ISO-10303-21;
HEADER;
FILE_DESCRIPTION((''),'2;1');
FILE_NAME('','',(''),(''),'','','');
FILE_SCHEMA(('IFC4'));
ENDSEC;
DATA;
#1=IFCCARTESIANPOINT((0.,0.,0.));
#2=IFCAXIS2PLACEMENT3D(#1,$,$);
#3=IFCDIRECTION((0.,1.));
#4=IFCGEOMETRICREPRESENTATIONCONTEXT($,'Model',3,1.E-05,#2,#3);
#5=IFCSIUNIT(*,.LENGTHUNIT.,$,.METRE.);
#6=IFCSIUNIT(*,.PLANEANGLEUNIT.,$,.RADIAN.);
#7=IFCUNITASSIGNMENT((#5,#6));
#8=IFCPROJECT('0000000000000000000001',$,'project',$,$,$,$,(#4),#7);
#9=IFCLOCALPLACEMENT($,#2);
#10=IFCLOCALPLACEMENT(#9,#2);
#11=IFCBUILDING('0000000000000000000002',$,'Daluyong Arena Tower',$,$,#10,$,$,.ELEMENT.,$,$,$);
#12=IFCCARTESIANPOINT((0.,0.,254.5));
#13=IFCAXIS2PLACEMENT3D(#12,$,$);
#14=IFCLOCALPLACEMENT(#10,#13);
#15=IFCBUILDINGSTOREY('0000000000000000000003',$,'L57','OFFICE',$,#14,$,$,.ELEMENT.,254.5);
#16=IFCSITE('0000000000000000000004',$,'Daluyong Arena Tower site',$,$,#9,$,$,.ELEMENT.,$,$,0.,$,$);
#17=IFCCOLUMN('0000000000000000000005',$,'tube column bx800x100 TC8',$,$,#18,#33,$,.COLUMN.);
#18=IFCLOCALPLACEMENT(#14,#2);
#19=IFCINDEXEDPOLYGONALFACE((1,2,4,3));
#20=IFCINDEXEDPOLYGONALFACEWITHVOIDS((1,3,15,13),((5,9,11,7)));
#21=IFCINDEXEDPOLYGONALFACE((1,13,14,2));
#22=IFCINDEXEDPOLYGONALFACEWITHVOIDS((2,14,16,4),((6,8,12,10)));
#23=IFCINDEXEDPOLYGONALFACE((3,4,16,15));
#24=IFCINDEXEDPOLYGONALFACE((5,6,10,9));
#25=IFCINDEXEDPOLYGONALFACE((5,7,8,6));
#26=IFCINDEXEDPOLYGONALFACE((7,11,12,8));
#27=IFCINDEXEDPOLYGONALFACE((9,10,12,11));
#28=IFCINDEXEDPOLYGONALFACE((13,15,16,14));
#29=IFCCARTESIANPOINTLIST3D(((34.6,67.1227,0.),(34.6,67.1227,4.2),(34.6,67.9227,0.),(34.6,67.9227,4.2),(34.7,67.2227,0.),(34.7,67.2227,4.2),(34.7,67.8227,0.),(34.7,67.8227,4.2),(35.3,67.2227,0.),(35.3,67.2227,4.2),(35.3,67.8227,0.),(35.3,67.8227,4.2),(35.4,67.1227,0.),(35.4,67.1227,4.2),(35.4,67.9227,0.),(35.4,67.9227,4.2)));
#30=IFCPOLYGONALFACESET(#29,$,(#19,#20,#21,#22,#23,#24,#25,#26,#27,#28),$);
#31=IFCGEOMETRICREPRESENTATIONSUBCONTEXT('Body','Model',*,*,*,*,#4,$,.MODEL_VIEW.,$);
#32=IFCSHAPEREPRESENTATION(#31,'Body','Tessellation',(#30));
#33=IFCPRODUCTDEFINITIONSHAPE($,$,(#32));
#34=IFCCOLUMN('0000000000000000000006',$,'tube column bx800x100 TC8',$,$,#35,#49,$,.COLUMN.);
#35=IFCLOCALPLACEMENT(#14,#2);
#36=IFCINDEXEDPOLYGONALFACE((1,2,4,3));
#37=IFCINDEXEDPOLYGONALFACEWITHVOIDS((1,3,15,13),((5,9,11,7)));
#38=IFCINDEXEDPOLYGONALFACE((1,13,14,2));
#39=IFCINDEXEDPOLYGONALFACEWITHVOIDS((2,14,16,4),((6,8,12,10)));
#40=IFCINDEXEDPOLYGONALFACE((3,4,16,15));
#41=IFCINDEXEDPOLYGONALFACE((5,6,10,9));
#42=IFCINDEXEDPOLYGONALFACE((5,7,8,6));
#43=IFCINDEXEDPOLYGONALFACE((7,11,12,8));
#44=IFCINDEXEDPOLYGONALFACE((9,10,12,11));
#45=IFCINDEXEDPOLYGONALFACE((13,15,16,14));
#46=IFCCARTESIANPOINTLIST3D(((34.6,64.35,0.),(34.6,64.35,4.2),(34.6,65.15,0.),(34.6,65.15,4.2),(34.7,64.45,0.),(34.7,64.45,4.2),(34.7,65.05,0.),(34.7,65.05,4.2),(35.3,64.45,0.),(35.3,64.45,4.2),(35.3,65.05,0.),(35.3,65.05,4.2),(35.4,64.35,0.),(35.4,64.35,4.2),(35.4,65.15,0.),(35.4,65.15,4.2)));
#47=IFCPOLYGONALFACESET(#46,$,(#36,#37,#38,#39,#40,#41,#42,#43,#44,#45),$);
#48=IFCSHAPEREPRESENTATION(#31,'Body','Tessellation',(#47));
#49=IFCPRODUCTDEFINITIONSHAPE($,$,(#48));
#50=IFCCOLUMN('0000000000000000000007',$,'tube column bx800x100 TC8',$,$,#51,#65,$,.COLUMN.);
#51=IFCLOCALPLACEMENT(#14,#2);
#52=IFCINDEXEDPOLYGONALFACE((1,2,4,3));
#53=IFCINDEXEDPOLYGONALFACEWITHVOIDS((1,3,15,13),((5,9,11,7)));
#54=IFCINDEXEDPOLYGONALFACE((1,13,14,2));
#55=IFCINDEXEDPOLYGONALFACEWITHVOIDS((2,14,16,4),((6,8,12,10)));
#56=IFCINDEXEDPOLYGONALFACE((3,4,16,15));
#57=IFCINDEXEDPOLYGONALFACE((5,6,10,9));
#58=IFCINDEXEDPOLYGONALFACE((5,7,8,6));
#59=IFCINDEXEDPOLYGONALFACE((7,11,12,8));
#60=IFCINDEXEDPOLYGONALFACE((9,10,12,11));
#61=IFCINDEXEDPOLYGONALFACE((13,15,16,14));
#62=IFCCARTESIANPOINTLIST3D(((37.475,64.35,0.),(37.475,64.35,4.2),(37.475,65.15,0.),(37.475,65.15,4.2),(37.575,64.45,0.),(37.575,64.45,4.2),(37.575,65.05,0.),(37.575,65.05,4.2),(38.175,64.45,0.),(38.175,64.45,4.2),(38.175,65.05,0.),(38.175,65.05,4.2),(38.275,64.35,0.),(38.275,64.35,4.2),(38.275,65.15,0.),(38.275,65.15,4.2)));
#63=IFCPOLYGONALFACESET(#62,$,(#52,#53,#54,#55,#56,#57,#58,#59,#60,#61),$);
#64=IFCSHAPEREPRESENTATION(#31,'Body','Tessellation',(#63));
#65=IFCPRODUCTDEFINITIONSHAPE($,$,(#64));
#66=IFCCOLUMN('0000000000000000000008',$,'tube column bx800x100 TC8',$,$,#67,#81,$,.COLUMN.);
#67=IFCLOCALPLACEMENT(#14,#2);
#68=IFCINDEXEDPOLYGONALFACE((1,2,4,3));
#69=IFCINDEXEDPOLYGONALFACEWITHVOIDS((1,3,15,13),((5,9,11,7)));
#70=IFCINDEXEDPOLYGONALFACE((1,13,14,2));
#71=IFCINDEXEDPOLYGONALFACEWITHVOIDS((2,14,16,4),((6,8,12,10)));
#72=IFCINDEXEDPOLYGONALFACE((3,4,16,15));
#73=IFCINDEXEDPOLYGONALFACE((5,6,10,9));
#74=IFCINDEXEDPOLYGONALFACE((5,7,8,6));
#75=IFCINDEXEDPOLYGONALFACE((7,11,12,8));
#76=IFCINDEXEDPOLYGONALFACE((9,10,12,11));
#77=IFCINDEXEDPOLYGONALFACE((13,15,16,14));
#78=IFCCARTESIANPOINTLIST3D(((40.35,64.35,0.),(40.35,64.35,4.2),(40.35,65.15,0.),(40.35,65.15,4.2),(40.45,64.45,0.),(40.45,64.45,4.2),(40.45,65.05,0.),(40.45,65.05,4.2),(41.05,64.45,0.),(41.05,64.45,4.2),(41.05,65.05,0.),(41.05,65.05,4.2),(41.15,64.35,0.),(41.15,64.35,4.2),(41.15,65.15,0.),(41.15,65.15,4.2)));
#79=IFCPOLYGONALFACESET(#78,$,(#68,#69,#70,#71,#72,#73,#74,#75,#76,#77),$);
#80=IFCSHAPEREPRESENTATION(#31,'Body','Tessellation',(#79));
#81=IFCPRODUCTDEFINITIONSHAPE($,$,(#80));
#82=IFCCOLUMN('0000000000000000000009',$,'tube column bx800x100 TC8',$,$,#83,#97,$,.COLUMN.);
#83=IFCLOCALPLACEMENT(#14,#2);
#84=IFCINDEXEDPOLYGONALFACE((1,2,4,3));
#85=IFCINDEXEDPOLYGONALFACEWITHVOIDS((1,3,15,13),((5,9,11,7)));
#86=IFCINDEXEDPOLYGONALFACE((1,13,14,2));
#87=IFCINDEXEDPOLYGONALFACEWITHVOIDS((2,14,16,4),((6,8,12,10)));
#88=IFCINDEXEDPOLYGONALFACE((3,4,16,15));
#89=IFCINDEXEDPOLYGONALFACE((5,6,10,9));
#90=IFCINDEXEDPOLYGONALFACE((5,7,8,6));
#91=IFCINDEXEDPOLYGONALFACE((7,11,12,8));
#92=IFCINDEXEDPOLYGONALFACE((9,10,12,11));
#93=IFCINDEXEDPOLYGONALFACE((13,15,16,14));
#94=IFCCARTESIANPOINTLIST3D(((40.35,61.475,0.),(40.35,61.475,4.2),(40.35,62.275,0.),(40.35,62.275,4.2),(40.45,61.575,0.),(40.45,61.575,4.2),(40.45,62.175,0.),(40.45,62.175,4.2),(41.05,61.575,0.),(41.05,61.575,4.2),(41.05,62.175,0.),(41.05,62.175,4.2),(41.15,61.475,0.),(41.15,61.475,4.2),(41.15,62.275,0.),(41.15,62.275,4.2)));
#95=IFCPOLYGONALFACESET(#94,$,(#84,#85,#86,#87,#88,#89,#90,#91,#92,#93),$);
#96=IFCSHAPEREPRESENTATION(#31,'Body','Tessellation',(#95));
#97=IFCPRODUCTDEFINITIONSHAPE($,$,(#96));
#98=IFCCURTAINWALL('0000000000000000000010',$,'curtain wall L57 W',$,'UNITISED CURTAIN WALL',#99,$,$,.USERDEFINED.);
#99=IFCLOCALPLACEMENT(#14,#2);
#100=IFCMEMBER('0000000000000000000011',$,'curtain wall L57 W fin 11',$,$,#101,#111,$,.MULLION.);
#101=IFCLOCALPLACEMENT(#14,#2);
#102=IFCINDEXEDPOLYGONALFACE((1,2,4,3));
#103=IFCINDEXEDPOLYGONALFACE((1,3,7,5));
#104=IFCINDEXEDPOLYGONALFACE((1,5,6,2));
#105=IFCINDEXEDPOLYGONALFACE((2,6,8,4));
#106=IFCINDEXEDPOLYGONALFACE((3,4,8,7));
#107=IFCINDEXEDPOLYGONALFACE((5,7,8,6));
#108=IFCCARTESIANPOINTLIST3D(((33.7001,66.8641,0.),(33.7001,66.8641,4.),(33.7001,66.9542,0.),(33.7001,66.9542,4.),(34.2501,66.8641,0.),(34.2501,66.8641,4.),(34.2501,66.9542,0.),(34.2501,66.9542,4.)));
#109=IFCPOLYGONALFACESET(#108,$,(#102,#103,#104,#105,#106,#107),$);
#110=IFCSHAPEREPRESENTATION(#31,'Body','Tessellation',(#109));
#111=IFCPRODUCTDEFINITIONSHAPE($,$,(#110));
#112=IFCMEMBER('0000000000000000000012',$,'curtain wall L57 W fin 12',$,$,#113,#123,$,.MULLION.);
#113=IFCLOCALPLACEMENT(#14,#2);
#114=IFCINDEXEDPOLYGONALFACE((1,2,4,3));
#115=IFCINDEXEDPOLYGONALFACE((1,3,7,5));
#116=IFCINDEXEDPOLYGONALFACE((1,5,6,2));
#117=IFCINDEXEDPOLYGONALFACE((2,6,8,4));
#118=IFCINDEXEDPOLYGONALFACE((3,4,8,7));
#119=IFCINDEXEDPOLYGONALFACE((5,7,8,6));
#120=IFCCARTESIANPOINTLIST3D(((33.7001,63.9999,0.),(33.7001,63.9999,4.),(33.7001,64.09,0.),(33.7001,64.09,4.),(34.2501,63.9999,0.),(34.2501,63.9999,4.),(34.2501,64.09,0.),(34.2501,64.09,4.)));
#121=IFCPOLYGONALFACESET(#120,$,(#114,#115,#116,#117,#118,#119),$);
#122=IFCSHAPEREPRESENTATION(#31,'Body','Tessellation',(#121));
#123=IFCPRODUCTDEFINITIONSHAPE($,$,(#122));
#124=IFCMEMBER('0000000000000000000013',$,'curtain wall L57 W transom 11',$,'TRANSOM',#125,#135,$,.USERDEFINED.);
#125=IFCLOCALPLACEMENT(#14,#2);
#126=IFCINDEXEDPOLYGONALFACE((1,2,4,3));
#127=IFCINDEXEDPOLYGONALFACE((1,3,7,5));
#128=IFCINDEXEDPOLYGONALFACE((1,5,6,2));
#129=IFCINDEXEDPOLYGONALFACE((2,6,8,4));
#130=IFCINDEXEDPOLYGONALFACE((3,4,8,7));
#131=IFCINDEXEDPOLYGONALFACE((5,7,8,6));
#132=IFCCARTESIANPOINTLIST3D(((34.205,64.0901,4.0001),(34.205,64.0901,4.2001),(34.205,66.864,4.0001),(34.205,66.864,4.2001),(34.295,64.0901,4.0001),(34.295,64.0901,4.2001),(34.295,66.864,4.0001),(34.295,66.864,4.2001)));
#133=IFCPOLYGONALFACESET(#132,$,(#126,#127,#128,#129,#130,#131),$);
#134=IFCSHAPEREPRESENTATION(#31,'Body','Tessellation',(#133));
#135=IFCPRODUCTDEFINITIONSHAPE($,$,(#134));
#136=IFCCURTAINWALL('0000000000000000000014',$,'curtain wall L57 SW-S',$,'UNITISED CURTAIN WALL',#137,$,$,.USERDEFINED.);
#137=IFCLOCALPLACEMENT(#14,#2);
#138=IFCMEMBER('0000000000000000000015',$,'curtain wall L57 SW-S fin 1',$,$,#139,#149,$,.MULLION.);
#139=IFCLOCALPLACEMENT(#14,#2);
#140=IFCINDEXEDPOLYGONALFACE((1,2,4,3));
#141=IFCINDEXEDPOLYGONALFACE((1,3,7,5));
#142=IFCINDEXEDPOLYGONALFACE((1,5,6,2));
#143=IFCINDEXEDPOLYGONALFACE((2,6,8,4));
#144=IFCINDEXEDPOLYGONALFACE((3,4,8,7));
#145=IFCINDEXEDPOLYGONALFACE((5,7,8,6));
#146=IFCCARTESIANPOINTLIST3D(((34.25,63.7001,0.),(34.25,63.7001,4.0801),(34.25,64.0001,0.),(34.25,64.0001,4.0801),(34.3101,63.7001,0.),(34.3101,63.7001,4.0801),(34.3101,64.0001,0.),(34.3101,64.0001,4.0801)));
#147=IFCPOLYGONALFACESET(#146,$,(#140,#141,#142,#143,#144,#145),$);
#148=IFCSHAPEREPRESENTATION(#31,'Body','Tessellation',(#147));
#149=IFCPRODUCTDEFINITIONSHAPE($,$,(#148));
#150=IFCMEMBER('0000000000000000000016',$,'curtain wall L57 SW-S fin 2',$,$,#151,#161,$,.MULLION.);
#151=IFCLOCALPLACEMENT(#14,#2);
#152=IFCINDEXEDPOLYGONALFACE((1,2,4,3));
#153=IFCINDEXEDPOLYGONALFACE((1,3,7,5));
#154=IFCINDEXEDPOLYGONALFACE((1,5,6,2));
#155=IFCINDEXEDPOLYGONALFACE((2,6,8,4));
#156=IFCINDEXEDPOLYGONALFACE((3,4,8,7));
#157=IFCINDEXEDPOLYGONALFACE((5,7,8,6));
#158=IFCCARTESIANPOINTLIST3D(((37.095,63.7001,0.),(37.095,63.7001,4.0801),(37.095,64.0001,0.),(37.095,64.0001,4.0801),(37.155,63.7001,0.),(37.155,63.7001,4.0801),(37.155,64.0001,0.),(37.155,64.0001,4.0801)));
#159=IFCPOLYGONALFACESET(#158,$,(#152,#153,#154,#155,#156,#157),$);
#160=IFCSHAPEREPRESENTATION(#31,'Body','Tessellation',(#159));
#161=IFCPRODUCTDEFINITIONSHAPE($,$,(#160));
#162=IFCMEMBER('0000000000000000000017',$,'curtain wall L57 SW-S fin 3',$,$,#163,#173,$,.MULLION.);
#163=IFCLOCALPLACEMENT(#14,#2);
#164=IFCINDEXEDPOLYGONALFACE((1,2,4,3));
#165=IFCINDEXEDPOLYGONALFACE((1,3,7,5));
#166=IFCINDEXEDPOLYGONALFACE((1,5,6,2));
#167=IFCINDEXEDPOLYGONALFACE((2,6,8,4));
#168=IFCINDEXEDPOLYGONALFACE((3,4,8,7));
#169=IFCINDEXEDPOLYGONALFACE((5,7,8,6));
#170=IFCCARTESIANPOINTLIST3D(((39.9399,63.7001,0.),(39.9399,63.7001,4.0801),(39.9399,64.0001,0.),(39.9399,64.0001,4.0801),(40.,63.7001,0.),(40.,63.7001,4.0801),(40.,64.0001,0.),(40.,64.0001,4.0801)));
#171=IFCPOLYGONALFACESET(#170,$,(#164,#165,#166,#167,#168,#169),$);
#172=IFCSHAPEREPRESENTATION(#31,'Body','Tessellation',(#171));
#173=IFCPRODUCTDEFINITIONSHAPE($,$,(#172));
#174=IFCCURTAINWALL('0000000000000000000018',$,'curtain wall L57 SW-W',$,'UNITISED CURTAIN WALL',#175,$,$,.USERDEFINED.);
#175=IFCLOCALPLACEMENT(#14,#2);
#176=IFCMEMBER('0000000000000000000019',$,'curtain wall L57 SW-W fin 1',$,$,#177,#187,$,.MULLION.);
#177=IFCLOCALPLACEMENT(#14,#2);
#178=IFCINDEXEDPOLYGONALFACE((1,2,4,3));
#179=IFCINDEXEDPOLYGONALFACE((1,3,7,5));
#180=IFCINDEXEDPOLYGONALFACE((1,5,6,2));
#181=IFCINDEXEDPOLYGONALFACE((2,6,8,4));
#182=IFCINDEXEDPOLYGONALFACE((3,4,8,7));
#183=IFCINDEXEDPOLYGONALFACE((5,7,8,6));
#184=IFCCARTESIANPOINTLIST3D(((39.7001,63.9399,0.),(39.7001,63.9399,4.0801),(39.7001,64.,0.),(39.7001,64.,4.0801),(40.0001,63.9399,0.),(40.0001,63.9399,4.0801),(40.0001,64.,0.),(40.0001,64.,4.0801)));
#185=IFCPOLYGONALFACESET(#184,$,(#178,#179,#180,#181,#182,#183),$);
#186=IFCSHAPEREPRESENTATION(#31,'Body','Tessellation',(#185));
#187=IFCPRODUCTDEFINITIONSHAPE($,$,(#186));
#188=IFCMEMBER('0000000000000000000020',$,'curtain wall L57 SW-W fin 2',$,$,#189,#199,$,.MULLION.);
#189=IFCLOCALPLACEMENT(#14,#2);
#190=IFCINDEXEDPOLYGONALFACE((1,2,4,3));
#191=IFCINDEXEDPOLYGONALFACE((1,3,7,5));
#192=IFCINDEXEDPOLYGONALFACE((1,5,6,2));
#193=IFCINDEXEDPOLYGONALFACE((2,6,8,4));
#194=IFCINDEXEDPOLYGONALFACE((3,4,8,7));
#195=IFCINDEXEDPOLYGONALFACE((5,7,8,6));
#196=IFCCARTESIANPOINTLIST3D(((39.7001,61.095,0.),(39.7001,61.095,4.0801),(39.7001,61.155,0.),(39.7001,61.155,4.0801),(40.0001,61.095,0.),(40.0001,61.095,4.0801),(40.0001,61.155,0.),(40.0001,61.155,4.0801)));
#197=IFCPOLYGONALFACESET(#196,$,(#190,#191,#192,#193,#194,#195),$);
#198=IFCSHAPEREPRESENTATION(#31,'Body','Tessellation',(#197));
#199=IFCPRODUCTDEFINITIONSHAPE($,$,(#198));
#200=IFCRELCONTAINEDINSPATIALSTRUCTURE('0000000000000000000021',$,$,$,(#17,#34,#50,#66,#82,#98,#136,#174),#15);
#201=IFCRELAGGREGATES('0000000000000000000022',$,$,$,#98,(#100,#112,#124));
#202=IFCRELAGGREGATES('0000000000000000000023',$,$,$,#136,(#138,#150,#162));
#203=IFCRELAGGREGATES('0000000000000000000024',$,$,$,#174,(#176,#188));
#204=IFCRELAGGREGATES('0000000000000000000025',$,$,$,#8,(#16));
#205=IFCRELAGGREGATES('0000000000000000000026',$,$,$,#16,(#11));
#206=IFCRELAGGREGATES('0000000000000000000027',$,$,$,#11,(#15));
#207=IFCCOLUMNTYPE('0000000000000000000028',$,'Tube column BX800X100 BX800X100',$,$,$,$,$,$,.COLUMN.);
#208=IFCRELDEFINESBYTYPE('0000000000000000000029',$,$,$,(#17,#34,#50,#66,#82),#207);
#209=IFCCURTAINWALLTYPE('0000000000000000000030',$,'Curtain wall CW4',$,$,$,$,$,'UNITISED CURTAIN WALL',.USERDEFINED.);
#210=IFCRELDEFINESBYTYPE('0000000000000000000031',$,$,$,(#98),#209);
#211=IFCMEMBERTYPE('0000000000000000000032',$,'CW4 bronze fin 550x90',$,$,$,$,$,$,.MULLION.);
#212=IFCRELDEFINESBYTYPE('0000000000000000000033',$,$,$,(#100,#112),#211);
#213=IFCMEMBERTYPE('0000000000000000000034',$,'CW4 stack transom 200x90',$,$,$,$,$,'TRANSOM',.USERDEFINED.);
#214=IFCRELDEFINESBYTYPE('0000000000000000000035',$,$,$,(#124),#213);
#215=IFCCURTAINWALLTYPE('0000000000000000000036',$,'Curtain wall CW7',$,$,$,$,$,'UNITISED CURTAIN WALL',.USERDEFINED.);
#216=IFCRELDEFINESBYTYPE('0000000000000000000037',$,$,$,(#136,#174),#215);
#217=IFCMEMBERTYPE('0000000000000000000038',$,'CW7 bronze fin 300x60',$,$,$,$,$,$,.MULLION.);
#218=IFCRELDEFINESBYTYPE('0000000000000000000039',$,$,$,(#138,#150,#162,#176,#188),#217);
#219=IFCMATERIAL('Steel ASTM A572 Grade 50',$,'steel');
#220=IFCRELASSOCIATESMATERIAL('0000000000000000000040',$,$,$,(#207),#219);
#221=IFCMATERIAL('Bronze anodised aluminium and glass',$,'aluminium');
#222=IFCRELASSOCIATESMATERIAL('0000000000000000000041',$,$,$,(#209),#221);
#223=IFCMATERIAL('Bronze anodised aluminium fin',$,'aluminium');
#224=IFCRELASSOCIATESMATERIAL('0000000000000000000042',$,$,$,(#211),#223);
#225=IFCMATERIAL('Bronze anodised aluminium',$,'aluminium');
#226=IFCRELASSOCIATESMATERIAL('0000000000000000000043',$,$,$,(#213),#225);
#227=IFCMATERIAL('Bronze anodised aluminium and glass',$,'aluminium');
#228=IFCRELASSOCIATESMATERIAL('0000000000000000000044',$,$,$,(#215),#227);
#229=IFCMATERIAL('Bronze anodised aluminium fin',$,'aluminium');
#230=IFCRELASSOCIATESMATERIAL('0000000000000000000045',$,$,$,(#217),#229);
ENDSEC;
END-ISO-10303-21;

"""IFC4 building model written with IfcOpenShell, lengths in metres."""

from ifc_helpers import new_model, si_unit, direction, frame, origin, origin_2d, place, context, subcontext, project, spatial, rectangle, hollow_rectangle, extrude, material, material_profile, profile_set, type_object, element, aggregate, save


model = new_model("IFC4")

# Units and contexts
model_context = context("Model", 3, precision=1e-05, world=origin(), true_north=direction((0.0, 1.0)))
body_context = subcontext(model_context, "Body", "Model", "MODEL_VIEW")
ifc_project = project(units=[si_unit("LENGTHUNIT", "METRE"), si_unit("PLANEANGLEUNIT", "RADIAN")], contexts=[model_context])

# Site, building, storey
site_placement = place(None, origin())
site = spatial("IfcSite", under=ifc_project, at=site_placement, Name="Daluyong Arena Tower site", CompositionType="ELEMENT", RefElevation=0.0)
building_placement = place(site_placement, origin())
building = spatial("IfcBuilding", under=site, at=building_placement, Name="Daluyong Arena Tower", CompositionType="ELEMENT")
storey_placement = place(building_placement, frame((0.0, 0.0, 254.5)))
storey = spatial("IfcBuildingStorey", under=building, at=storey_placement, Name="L57", Description="OFFICE", CompositionType="ELEMENT", Elevation=254.5)

# Columns
ifc_material_1 = material(Name="Steel ASTM A572 Grade 50", Category="steel")
ifc_material_profile_1 = material_profile(ifc_material_1, hollow_rectangle(XDim=0.8, YDim=0.8, WallThickness=0.1, at=origin_2d()))
ifc_profile_set_1 = profile_set([ifc_material_profile_1], Name="Steel ASTM A572 Grade 50")
column_type = type_object("IfcColumnType", Name="Tube column BX800X100 BX800X100", PredefinedType="COLUMN", material=ifc_profile_set_1)
for number, where, z_axis, x_axis, name in (
    (1, (35.0, 67.5227, 0.0), (0.0, 0.0, 1.0), (0.0, 1.0, 0.0), "tube column bx800x100 TC8"),
    (2, (35.0, 64.75, 0.0), (0.0, 0.0, 1.0), (1.0, 0.0, 0.0), "tube column bx800x100 TC8"),
    (3, (37.875, 64.75, 0.0), (0.0, 0.0, 1.0), (1.0, 0.0, 0.0), "tube column bx800x100 TC8"),
    (4, (40.75, 64.75, 0.0), (0.0, 0.0, 1.0), (0.0, 1.0, 0.0), "tube column bx800x100 TC8"),
    (5, (40.75, 61.875, 0.0), (0.0, 0.0, 1.0), (0.0, 1.0, 0.0), "tube column bx800x100 TC8"),
):
    element("IfcColumn", number, at=place(storey_placement, frame(where, z_axis=z_axis, x_axis=x_axis)), inside=storey, type_object=column_type, Name=name, PredefinedType="COLUMN", context=body_context, shape_type="SweptSolid", body=[
        extrude(hollow_rectangle(XDim=0.8, YDim=0.8, WallThickness=0.1, at=origin_2d()), origin(), (0.0, 0.0, 1.0), 4.2),
    ])

# Curtain walls, members
ifc_material_2 = material(Name="Bronze anodised aluminium and glass", Category="aluminium")
curtain_wall_type_1 = type_object("IfcCurtainWallType", Name="Curtain wall CW4", ElementType="UNITISED CURTAIN WALL", PredefinedType="USERDEFINED", material=ifc_material_2)
curtain_wall_1_placement = place(storey_placement, origin())
curtain_wall_1 = element("IfcCurtainWall", 6, at=curtain_wall_1_placement, inside=storey, type_object=curtain_wall_type_1, Name="curtain wall L57 W", ObjectType="UNITISED CURTAIN WALL", PredefinedType="USERDEFINED")
ifc_material_3 = material(Name="Bronze anodised aluminium fin", Category="aluminium")
ifc_material_profile_2 = material_profile(ifc_material_3, rectangle(XDim=0.55, YDim=0.0901, at=origin_2d()))
ifc_profile_set_2 = profile_set([ifc_material_profile_2], Name="Bronze anodised aluminium fin")
member_type_1 = type_object("IfcMemberType", Name="CW4 bronze fin 550x90", PredefinedType="MULLION", material=ifc_profile_set_2)
member_1_placement = place(storey_placement, frame((33.9751, 66.9092, 0.0), z_axis=(0.0, 0.0, 1.0), x_axis=(1.0, 0.0, 0.0)))
member_1 = element("IfcMember", 7, at=member_1_placement, type_object=member_type_1, Name="curtain wall L57 W fin 11", PredefinedType="MULLION", context=body_context, shape_type="SweptSolid", body=[
    extrude(rectangle(XDim=0.55, YDim=0.0901, at=origin_2d()), origin(), (0.0, 0.0, 1.0), 4.0),
])
member_2_placement = place(storey_placement, frame((33.9751, 64.0449, 0.0), z_axis=(0.0, 0.0, 1.0), x_axis=(1.0, 0.0, 0.0)))
member_2 = element("IfcMember", 8, at=member_2_placement, type_object=member_type_1, Name="curtain wall L57 W fin 12", PredefinedType="MULLION", context=body_context, shape_type="SweptSolid", body=[
    extrude(rectangle(XDim=0.55, YDim=0.0901, at=origin_2d()), origin(), (0.0, 0.0, 1.0), 4.0),
])
ifc_material_4 = material(Name="Bronze anodised aluminium", Category="aluminium")
ifc_material_profile_3 = material_profile(ifc_material_4, rectangle(XDim=0.0901, YDim=0.2, at=origin_2d()))
ifc_profile_set_3 = profile_set([ifc_material_profile_3], Name="Bronze anodised aluminium")
member_type_2 = type_object("IfcMemberType", Name="CW4 stack transom 200x90", ElementType="TRANSOM", PredefinedType="USERDEFINED", material=ifc_profile_set_3)
member_3_placement = place(storey_placement, frame((34.25, 66.864, 4.1001), z_axis=(0.0, -1.0, 0.0), x_axis=(1.0, 0.0, 0.0)))
member_3 = element("IfcMember", 9, at=member_3_placement, type_object=member_type_2, Name="curtain wall L57 W transom 11", ObjectType="TRANSOM", PredefinedType="USERDEFINED", context=body_context, shape_type="SweptSolid", body=[
    extrude(rectangle(XDim=0.0901, YDim=0.2, at=origin_2d()), origin(), (0.0, 0.0, 1.0), 2.7739),
])
ifc_material_5 = material(Name="Bronze anodised aluminium and glass", Category="aluminium")
curtain_wall_type_2 = type_object("IfcCurtainWallType", Name="Curtain wall CW7", ElementType="UNITISED CURTAIN WALL", PredefinedType="USERDEFINED", material=ifc_material_5)
curtain_wall_2_placement = place(storey_placement, origin())
curtain_wall_2 = element("IfcCurtainWall", 10, at=curtain_wall_2_placement, inside=storey, type_object=curtain_wall_type_2, Name="curtain wall L57 SW-S", ObjectType="UNITISED CURTAIN WALL", PredefinedType="USERDEFINED")
ifc_material_6 = material(Name="Bronze anodised aluminium fin", Category="aluminium")
ifc_material_profile_4 = material_profile(ifc_material_6, rectangle(XDim=0.3, YDim=0.0601, at=origin_2d()))
ifc_profile_set_4 = profile_set([ifc_material_profile_4], Name="Bronze anodised aluminium fin")
member_type_3 = type_object("IfcMemberType", Name="CW7 bronze fin 300x60", PredefinedType="MULLION", material=ifc_profile_set_4)
member_4_placement = place(storey_placement, frame((34.28, 63.8501, 0.0), z_axis=(0.0, 0.0, 1.0), x_axis=(0.0, 1.0, 0.0)))
member_4 = element("IfcMember", 11, at=member_4_placement, type_object=member_type_3, Name="curtain wall L57 SW-S fin 1", PredefinedType="MULLION", context=body_context, shape_type="SweptSolid", body=[
    extrude(rectangle(XDim=0.3, YDim=0.0601, at=origin_2d()), origin(), (0.0, 0.0, 1.0), 4.0801),
])
member_5_placement = place(storey_placement, frame((37.125, 63.8501, 0.0), z_axis=(0.0, 0.0, 1.0), x_axis=(0.0, 1.0, 0.0)))
member_5 = element("IfcMember", 12, at=member_5_placement, type_object=member_type_3, Name="curtain wall L57 SW-S fin 2", PredefinedType="MULLION", context=body_context, shape_type="SweptSolid", body=[
    extrude(rectangle(XDim=0.3, YDim=0.0601, at=origin_2d()), origin(), (0.0, 0.0, 1.0), 4.0801),
])
member_6_placement = place(storey_placement, frame((39.97, 63.8501, 0.0), z_axis=(0.0, 0.0, 1.0), x_axis=(0.0, 1.0, 0.0)))
member_6 = element("IfcMember", 13, at=member_6_placement, type_object=member_type_3, Name="curtain wall L57 SW-S fin 3", PredefinedType="MULLION", context=body_context, shape_type="SweptSolid", body=[
    extrude(rectangle(XDim=0.3, YDim=0.0601, at=origin_2d()), origin(), (0.0, 0.0, 1.0), 4.0801),
])
curtain_wall_3_placement = place(storey_placement, origin())
curtain_wall_3 = element("IfcCurtainWall", 14, at=curtain_wall_3_placement, inside=storey, type_object=curtain_wall_type_2, Name="curtain wall L57 SW-W", ObjectType="UNITISED CURTAIN WALL", PredefinedType="USERDEFINED")
member_7_placement = place(storey_placement, frame((39.8501, 63.97, 0.0), z_axis=(0.0, 0.0, 1.0), x_axis=(1.0, 0.0, 0.0)))
member_7 = element("IfcMember", 15, at=member_7_placement, type_object=member_type_3, Name="curtain wall L57 SW-W fin 1", PredefinedType="MULLION", context=body_context, shape_type="SweptSolid", body=[
    extrude(rectangle(XDim=0.3, YDim=0.0601, at=origin_2d()), origin(), (0.0, 0.0, 1.0), 4.0801),
])
member_8_placement = place(storey_placement, frame((39.8501, 61.125, 0.0), z_axis=(0.0, 0.0, 1.0), x_axis=(1.0, 0.0, 0.0)))
member_8 = element("IfcMember", 16, at=member_8_placement, type_object=member_type_3, Name="curtain wall L57 SW-W fin 2", PredefinedType="MULLION", context=body_context, shape_type="SweptSolid", body=[
    extrude(rectangle(XDim=0.3, YDim=0.0601, at=origin_2d()), origin(), (0.0, 0.0, 1.0), 4.0801),
])

aggregate(curtain_wall_1, [member_1, member_2, member_3])
aggregate(curtain_wall_2, [member_4, member_5, member_6])
aggregate(curtain_wall_3, [member_7, member_8])

save(model, "model.ifc")
